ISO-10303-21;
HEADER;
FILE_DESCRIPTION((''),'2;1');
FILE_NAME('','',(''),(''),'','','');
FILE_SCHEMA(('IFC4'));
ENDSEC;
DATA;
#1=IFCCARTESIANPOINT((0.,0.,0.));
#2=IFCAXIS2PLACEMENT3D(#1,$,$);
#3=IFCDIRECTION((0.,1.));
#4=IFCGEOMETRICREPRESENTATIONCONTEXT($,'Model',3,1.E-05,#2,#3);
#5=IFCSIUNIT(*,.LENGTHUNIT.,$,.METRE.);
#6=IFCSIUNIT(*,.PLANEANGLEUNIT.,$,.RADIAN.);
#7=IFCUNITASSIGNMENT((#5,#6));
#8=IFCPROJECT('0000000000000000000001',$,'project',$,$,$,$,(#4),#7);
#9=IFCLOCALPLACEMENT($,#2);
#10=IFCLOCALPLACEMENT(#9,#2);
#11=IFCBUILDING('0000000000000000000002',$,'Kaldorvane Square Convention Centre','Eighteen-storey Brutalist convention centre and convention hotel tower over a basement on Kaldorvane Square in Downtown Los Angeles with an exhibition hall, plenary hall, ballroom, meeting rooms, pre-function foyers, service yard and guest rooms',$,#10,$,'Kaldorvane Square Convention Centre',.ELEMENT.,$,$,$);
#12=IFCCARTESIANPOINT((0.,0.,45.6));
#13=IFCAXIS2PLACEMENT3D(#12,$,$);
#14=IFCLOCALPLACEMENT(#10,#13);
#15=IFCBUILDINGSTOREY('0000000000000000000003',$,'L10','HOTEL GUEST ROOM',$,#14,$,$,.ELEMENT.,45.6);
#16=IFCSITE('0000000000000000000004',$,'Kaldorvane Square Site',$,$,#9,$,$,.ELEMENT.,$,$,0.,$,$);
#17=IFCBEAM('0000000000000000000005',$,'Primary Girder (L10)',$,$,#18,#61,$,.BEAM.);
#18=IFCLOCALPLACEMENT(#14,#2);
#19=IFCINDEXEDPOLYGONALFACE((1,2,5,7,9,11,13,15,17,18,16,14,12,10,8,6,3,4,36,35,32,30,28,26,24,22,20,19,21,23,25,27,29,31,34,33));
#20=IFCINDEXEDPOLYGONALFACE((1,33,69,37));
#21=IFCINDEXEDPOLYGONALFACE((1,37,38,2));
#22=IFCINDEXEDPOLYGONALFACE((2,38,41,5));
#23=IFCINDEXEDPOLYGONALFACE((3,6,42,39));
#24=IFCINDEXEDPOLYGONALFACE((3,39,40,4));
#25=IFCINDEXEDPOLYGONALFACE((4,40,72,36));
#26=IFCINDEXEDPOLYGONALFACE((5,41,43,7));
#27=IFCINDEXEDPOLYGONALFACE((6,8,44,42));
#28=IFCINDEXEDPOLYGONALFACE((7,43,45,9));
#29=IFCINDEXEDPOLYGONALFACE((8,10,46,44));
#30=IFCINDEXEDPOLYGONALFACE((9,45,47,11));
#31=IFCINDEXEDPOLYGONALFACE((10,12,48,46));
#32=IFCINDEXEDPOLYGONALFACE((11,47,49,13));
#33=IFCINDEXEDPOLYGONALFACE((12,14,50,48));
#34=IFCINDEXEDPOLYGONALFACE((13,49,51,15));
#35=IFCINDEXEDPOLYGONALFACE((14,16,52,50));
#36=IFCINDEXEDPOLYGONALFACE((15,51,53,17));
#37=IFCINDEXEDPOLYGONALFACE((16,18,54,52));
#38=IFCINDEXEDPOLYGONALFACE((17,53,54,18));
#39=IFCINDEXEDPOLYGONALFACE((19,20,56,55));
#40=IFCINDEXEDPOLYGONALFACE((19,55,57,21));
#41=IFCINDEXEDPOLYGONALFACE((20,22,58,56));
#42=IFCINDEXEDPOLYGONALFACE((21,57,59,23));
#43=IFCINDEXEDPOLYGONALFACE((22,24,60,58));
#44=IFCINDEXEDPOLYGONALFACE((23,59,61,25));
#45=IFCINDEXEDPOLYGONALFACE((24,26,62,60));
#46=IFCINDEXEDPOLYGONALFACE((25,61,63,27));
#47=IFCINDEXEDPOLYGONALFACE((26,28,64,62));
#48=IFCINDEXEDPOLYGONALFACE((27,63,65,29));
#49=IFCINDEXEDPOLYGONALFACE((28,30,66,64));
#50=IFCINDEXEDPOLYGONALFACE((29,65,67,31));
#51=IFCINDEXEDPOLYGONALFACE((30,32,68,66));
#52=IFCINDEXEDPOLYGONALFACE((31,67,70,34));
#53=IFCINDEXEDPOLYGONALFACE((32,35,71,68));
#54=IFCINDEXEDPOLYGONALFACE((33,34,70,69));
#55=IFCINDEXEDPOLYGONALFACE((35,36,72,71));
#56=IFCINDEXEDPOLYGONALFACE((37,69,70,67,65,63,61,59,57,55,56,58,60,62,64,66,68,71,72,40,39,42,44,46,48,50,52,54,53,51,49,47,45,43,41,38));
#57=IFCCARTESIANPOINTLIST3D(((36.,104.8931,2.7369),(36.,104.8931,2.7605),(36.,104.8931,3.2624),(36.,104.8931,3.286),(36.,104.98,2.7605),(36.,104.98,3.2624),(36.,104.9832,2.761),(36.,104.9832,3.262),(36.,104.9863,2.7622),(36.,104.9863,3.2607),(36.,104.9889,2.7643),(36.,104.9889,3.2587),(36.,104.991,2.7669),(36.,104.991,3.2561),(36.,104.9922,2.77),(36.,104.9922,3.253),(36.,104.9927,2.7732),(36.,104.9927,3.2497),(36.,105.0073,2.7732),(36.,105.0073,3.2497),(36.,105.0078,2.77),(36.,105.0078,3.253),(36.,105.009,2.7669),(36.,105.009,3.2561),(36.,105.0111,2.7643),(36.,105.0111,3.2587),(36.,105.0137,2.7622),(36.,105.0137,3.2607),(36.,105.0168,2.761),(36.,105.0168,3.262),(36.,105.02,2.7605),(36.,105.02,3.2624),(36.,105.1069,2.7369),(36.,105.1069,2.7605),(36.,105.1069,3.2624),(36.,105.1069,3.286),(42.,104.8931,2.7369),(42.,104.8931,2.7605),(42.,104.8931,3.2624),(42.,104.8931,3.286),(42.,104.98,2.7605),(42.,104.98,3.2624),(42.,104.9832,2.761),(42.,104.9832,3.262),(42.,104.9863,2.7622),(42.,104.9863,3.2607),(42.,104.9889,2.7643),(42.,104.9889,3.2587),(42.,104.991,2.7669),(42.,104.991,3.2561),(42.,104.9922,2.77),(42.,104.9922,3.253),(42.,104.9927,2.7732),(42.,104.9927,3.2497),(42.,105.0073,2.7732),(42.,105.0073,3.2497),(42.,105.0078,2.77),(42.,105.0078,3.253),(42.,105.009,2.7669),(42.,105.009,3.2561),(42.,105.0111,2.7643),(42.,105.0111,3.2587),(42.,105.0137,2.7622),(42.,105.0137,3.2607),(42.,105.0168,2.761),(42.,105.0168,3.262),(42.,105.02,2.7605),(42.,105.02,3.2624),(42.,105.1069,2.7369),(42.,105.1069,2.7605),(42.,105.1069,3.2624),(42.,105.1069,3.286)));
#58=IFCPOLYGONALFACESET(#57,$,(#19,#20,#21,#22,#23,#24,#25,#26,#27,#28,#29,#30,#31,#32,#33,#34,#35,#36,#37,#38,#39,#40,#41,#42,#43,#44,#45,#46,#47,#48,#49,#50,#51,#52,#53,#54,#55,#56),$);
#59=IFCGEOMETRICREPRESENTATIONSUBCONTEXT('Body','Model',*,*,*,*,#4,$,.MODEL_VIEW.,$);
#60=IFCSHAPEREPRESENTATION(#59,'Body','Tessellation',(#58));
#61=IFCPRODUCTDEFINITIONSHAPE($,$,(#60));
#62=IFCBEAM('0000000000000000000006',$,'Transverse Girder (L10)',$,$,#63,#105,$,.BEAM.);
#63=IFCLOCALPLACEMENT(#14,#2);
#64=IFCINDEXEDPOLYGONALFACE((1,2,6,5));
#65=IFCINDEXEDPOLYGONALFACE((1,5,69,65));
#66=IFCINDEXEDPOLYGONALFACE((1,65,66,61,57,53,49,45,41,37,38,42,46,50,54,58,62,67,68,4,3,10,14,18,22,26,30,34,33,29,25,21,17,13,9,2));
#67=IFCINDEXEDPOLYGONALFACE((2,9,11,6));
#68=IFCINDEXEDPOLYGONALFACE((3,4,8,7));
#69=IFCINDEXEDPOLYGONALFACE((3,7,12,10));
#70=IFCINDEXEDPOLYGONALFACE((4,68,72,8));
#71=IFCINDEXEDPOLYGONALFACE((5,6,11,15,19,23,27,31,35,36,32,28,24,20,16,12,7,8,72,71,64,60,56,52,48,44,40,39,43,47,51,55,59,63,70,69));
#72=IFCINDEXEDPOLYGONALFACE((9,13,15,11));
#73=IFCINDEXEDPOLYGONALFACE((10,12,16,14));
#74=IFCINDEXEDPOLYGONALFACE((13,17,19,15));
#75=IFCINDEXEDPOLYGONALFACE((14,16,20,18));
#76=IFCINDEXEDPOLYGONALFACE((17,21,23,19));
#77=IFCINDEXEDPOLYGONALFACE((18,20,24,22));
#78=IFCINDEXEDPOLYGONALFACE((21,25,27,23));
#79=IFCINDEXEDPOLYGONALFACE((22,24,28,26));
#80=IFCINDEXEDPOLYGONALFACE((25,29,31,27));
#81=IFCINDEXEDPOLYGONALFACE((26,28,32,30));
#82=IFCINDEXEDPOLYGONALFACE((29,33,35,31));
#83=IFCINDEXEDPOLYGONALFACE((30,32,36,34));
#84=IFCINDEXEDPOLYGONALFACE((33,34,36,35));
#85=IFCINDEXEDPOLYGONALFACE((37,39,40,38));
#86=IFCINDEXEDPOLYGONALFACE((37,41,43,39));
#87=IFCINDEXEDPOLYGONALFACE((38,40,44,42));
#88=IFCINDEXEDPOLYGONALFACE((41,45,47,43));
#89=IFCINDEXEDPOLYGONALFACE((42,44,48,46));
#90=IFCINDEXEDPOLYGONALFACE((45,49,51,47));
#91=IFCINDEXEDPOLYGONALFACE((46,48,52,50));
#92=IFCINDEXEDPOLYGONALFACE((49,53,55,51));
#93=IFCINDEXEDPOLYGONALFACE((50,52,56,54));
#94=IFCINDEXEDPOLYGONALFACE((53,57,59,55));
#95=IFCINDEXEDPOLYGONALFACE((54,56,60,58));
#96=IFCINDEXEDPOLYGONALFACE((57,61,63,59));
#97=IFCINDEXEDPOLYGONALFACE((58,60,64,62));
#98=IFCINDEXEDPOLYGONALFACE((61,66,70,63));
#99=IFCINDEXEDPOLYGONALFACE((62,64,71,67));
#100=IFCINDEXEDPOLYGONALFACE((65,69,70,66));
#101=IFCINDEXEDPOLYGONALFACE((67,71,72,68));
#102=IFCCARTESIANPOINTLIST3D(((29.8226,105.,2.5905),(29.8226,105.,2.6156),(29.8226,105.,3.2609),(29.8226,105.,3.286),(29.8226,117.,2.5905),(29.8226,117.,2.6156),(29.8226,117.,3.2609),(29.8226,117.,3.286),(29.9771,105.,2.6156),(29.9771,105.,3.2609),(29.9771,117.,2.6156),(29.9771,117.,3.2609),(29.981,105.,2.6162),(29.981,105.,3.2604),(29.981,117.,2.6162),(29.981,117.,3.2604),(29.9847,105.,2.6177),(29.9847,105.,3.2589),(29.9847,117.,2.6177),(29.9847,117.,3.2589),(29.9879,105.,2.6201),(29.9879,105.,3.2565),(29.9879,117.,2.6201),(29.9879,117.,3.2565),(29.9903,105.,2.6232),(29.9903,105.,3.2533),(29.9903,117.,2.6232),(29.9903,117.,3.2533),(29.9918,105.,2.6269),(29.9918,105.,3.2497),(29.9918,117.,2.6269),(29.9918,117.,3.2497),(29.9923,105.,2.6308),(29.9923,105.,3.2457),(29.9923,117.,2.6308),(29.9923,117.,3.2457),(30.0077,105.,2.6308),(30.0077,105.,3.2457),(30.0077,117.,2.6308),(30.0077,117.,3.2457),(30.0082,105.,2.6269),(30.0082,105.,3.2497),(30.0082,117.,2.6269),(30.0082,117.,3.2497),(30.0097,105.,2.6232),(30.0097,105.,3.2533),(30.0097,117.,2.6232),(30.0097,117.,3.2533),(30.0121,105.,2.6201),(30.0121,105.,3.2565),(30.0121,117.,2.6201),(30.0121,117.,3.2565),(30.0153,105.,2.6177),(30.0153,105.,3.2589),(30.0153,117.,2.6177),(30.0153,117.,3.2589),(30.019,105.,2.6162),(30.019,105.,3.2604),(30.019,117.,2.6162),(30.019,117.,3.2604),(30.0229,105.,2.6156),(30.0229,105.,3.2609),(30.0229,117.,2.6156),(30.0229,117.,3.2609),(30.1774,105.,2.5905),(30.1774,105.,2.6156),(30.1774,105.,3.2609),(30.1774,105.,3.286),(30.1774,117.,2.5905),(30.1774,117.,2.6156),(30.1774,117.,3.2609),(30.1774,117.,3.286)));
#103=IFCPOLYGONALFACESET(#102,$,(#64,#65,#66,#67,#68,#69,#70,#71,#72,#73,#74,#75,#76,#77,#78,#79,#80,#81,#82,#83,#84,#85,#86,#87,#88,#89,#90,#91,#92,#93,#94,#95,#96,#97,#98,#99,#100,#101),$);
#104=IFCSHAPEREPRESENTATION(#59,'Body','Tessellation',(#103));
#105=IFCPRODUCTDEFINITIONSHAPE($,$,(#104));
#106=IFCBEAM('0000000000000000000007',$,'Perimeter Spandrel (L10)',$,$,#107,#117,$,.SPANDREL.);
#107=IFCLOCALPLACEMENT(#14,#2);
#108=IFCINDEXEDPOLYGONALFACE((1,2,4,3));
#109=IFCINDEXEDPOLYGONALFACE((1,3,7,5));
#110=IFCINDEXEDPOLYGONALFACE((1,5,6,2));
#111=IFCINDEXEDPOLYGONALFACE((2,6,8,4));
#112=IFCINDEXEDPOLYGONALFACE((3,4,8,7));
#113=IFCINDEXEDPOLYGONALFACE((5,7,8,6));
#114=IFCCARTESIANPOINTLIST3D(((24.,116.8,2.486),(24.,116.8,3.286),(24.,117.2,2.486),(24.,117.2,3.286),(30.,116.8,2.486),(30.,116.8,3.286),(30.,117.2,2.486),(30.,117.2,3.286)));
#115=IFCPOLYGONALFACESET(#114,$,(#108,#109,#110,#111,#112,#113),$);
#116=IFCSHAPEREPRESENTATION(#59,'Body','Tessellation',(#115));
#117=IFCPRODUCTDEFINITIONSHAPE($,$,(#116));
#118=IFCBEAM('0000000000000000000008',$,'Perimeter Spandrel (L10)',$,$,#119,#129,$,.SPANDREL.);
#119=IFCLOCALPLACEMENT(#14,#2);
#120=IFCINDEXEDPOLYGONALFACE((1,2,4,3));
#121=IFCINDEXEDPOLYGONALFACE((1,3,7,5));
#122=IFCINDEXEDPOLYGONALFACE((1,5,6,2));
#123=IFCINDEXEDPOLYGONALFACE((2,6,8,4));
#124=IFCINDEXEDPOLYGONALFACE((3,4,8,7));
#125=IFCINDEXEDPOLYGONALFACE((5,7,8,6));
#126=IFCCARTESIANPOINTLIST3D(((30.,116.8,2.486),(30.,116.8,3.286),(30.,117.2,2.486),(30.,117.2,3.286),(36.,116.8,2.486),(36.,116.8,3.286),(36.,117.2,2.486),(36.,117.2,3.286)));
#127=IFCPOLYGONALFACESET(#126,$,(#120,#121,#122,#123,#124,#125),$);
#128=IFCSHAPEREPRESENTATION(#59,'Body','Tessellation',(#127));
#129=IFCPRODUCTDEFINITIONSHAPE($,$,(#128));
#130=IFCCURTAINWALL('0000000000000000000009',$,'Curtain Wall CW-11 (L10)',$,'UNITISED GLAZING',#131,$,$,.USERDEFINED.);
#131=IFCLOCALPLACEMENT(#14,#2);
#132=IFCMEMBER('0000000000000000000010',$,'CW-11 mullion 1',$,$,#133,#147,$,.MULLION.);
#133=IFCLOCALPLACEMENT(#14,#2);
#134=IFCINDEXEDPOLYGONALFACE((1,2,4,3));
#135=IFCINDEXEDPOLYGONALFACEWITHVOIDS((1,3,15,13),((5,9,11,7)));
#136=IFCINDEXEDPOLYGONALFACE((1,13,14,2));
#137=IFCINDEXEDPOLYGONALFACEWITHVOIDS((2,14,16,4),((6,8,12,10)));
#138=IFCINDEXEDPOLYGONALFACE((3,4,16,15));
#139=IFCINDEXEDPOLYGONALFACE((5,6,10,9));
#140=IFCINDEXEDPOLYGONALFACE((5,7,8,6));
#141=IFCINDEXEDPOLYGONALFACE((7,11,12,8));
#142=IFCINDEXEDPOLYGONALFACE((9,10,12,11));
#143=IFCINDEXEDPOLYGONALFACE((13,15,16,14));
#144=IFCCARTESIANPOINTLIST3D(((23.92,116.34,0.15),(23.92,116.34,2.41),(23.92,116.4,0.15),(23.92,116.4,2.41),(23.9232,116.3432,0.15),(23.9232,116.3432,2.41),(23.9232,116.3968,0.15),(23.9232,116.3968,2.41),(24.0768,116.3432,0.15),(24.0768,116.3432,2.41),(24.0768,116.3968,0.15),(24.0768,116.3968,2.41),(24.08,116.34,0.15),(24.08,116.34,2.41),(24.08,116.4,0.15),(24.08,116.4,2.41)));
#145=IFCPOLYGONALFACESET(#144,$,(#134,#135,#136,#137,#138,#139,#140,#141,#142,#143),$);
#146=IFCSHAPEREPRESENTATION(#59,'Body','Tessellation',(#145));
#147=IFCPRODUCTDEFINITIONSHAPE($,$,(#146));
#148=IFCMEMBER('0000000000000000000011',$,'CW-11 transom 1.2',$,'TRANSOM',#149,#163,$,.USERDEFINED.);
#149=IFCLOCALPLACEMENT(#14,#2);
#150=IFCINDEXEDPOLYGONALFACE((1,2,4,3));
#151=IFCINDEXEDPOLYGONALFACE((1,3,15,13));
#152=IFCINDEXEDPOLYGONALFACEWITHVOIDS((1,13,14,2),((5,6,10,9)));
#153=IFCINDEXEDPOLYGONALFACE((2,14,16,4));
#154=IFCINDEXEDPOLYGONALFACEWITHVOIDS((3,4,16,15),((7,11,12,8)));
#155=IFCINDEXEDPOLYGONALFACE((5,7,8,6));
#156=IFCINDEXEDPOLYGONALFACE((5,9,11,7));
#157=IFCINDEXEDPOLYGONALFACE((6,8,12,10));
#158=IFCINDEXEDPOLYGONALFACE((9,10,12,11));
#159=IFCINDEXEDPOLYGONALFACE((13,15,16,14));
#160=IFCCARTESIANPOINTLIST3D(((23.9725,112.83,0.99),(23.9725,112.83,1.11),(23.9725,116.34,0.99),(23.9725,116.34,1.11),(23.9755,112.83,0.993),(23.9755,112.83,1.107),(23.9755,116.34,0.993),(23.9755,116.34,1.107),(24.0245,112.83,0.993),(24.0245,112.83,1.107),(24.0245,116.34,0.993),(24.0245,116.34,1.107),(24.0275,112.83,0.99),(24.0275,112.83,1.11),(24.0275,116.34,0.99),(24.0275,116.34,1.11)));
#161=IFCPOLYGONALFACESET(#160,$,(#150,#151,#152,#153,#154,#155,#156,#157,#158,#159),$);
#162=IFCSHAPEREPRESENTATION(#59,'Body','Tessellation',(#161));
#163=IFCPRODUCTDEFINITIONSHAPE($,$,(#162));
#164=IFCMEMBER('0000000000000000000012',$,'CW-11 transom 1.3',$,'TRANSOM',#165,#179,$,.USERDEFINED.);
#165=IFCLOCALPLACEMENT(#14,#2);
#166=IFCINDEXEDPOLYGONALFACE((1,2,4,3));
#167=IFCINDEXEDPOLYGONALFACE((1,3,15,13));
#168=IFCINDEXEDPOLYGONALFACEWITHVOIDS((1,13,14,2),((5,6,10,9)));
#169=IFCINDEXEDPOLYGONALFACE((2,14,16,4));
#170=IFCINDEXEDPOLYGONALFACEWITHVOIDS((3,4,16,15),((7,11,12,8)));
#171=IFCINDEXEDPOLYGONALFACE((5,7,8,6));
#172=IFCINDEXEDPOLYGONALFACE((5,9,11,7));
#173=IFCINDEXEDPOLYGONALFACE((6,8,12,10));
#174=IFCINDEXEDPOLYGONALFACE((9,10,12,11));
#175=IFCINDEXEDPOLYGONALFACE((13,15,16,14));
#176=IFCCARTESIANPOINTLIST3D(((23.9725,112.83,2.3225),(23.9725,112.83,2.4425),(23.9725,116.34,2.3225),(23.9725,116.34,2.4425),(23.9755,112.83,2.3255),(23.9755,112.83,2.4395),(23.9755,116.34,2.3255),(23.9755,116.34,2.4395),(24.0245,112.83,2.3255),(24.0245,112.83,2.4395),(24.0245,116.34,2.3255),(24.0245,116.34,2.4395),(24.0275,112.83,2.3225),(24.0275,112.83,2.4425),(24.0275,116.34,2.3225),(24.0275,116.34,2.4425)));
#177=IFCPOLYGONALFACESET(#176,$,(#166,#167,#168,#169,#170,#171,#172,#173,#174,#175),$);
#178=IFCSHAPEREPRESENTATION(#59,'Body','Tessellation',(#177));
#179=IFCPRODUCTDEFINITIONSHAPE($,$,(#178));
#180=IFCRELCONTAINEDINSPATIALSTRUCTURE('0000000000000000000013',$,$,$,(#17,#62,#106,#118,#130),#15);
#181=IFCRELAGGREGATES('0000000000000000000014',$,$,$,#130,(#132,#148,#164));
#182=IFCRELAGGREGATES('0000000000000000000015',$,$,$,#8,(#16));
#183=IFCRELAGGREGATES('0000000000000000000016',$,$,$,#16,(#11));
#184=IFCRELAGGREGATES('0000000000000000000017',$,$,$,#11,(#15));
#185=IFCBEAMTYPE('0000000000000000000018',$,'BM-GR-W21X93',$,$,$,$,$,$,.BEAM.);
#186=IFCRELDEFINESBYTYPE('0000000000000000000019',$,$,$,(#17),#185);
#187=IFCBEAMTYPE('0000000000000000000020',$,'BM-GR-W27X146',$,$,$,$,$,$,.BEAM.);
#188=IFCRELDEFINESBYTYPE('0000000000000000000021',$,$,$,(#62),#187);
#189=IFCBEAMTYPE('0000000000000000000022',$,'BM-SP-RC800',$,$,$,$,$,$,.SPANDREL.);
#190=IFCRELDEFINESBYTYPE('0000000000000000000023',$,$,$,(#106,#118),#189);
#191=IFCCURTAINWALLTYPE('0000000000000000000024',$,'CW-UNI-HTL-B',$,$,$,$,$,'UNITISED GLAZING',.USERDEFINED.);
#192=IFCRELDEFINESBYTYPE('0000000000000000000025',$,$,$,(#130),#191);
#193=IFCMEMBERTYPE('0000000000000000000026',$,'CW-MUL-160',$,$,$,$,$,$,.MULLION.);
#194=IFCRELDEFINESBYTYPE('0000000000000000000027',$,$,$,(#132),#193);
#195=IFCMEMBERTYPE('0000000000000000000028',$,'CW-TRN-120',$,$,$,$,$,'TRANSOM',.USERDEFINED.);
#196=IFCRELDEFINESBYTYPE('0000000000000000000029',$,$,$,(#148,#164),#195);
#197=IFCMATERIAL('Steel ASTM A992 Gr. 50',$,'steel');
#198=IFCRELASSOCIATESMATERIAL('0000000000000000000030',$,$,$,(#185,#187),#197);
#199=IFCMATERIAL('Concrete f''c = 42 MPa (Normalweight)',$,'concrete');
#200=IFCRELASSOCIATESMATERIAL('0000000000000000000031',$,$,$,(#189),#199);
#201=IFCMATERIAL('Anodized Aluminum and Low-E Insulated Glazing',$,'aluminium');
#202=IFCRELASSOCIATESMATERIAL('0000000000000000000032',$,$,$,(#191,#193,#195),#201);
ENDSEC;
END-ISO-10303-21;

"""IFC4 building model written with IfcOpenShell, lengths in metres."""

from ifc_helpers import new_model, si_unit, direction, frame, origin, origin_2d, place, context, subcontext, project, spatial, rectangle, hollow_rectangle, i_section, extrude, material, material_profile, profile_set, type_object, element, aggregate, save


model = new_model("IFC4")

# Units and contexts
model_context = context("Model", 3, precision=1e-05, world=origin(), true_north=direction((0.0, 1.0)))
body_context = subcontext(model_context, "Body", "Model", "MODEL_VIEW")
ifc_project = project(units=[si_unit("LENGTHUNIT", "METRE"), si_unit("PLANEANGLEUNIT", "RADIAN")], contexts=[model_context])

# Site, building, storey
site_placement = place(None, origin())
site = spatial("IfcSite", under=ifc_project, at=site_placement, Name="Kaldorvane Square Site", CompositionType="ELEMENT", RefElevation=0.0)
building_placement = place(site_placement, origin())
building = spatial("IfcBuilding", under=site, at=building_placement, Name="Kaldorvane Square Convention Centre", Description="Eighteen-storey Brutalist convention centre and convention hotel tower over a basement on Kaldorvane Square in Downtown Los Angeles with an exhibition hall, plenary hall, ballroom, meeting rooms, pre-function foyers, service yard and guest rooms", LongName="Kaldorvane Square Convention Centre", CompositionType="ELEMENT")
storey_placement = place(building_placement, frame((0.0, 0.0, 45.6)))
storey = spatial("IfcBuildingStorey", under=building, at=storey_placement, Name="L10", Description="HOTEL GUEST ROOM", CompositionType="ELEMENT", Elevation=45.6)

# Shared definitions
ifc_material_1 = material(Name="Concrete f'c = 42 MPa (Normalweight)", Category="concrete")
ifc_material_2 = material(Name="Steel ASTM A992 Gr. 50", Category="steel")

# Beams
ifc_material_profile_1 = material_profile(ifc_material_2, i_section(OverallWidth=0.2139, OverallDepth=0.5491, WebThickness=0.0147, FlangeThickness=0.0236, FilletRadius=0.0127, at=origin_2d()), Name="W21X93")
ifc_profile_set_1 = profile_set([ifc_material_profile_1], Name="Steel ASTM A992 Gr. 50")
beam_type_1 = type_object("IfcBeamType", Name="BM-GR-W21X93", PredefinedType="BEAM", material=ifc_profile_set_1)
for number, where, z_axis, x_axis, name in (
    (1, (36.0, 105.0, 3.0115), (1.0, 0.0, 0.0), (0.0, 1.0, 0.0), "Primary Girder (L10)"),
):
    element("IfcBeam", number, at=place(storey_placement, frame(where, z_axis=z_axis, x_axis=x_axis)), inside=storey, type_object=beam_type_1, Name=name, PredefinedType="BEAM", context=body_context, shape_type="SweptSolid", body=[
        extrude(i_section(OverallWidth=0.2139, OverallDepth=0.5491, WebThickness=0.0147, FlangeThickness=0.0236, FilletRadius=0.0127, at=origin_2d()), origin(), (0.0, 0.0, 1.0), 6.0),
    ])
ifc_material_profile_2 = material_profile(ifc_material_2, i_section(OverallWidth=0.3547, OverallDepth=0.6955, WebThickness=0.0154, FlangeThickness=0.0251, FilletRadius=0.0152, at=origin_2d()), Name="W27X146")
ifc_profile_set_2 = profile_set([ifc_material_profile_2], Name="Steel ASTM A992 Gr. 50")
beam_type_2 = type_object("IfcBeamType", Name="BM-GR-W27X146", PredefinedType="BEAM", material=ifc_profile_set_2)
beam_placement = place(storey_placement, frame((30.0, 105.0, 2.9383), z_axis=(0.0, 1.0, 0.0), x_axis=(-1.0, 0.0, 0.0)))
element("IfcBeam", 2, at=beam_placement, inside=storey, type_object=beam_type_2, Name="Transverse Girder (L10)", PredefinedType="BEAM", context=body_context, shape_type="SweptSolid", body=[
    extrude(i_section(OverallWidth=0.3547, OverallDepth=0.6955, WebThickness=0.0154, FlangeThickness=0.0251, FilletRadius=0.0152, at=origin_2d()), origin(), (0.0, 0.0, 1.0), 12.0),
])
ifc_material_profile_3 = material_profile(ifc_material_1, rectangle(XDim=0.4, YDim=0.8, at=origin_2d()), Name="RCSP800X400")
ifc_profile_set_3 = profile_set([ifc_material_profile_3], Name="Concrete f'c = 42 MPa (Normalweight)")
beam_type_3 = type_object("IfcBeamType", Name="BM-SP-RC800", PredefinedType="SPANDREL", material=ifc_profile_set_3)
for number, where, z_axis, x_axis, name in (
    (3, (24.0, 117.0, 2.886), (1.0, 0.0, 0.0), (0.0, 1.0, 0.0), "Perimeter Spandrel (L10)"),
    (4, (30.0, 117.0, 2.886), (1.0, 0.0, 0.0), (0.0, 1.0, 0.0), "Perimeter Spandrel (L10)"),
):
    element("IfcBeam", number, at=place(storey_placement, frame(where, z_axis=z_axis, x_axis=x_axis)), inside=storey, type_object=beam_type_3, Name=name, PredefinedType="SPANDREL", context=body_context, shape_type="SweptSolid", body=[
        extrude(rectangle(XDim=0.4, YDim=0.8, at=origin_2d()), origin(), (0.0, 0.0, 1.0), 6.0),
    ])

# Curtain wall, members
ifc_material_3 = material(Name="Anodized Aluminum and Low-E Insulated Glazing", Category="aluminium")
curtain_wall_type = type_object("IfcCurtainWallType", Name="CW-UNI-HTL-B", ElementType="UNITISED GLAZING", PredefinedType="USERDEFINED", material=ifc_material_3)
curtain_wall_placement = place(storey_placement, origin())
curtain_wall = element("IfcCurtainWall", 5, at=curtain_wall_placement, inside=storey, type_object=curtain_wall_type, Name="Curtain Wall CW-11 (L10)", ObjectType="UNITISED GLAZING", PredefinedType="USERDEFINED")
ifc_material_profile_4 = material_profile(ifc_material_3, hollow_rectangle(XDim=0.06, YDim=0.16, WallThickness=0.0032, at=origin_2d()), Name="CWM-160X60")
ifc_profile_set_4 = profile_set([ifc_material_profile_4], Name="Anodized Aluminum and Low-E Insulated Glazing")
member_type_1 = type_object("IfcMemberType", Name="CW-MUL-160", PredefinedType="MULLION", material=ifc_profile_set_4)
member_1_placement = place(storey_placement, frame((24.0, 116.37, 0.15), z_axis=(0.0, 0.0, 1.0), x_axis=(0.0, -1.0, 0.0)))
member_1 = element("IfcMember", 6, at=member_1_placement, type_object=member_type_1, Name="CW-11 mullion 1", PredefinedType="MULLION", context=body_context, shape_type="SweptSolid", body=[
    extrude(hollow_rectangle(XDim=0.06, YDim=0.16, WallThickness=0.0032, at=origin_2d()), origin(), (0.0, 0.0, 1.0), 2.26),
])
ifc_material_profile_5 = material_profile(ifc_material_3, hollow_rectangle(XDim=0.055, YDim=0.12, WallThickness=0.003, at=origin_2d()), Name="CWT-120X55")
ifc_profile_set_5 = profile_set([ifc_material_profile_5], Name="Anodized Aluminum and Low-E Insulated Glazing")
member_type_2 = type_object("IfcMemberType", Name="CW-TRN-120", ElementType="TRANSOM", PredefinedType="USERDEFINED", material=ifc_profile_set_5)
member_2_placement = place(storey_placement, frame((24.0, 116.34, 1.05), z_axis=(0.0, -1.0, 0.0), x_axis=(1.0, 0.0, 0.0)))
member_2 = element("IfcMember", 7, at=member_2_placement, type_object=member_type_2, Name="CW-11 transom 1.2", ObjectType="TRANSOM", PredefinedType="USERDEFINED", context=body_context, shape_type="SweptSolid", body=[
    extrude(hollow_rectangle(XDim=0.055, YDim=0.12, WallThickness=0.003, at=origin_2d()), origin(), (0.0, 0.0, 1.0), 3.51),
])
member_3_placement = place(storey_placement, frame((24.0, 116.34, 2.3825), z_axis=(0.0, -1.0, 0.0), x_axis=(1.0, 0.0, 0.0)))
member_3 = element("IfcMember", 8, at=member_3_placement, type_object=member_type_2, Name="CW-11 transom 1.3", ObjectType="TRANSOM", PredefinedType="USERDEFINED", context=body_context, shape_type="SweptSolid", body=[
    extrude(hollow_rectangle(XDim=0.055, YDim=0.12, WallThickness=0.003, at=origin_2d()), origin(), (0.0, 0.0, 1.0), 3.51),
])
aggregate(curtain_wall, [member_1, member_2, member_3])

save(model, "model.ifc")
